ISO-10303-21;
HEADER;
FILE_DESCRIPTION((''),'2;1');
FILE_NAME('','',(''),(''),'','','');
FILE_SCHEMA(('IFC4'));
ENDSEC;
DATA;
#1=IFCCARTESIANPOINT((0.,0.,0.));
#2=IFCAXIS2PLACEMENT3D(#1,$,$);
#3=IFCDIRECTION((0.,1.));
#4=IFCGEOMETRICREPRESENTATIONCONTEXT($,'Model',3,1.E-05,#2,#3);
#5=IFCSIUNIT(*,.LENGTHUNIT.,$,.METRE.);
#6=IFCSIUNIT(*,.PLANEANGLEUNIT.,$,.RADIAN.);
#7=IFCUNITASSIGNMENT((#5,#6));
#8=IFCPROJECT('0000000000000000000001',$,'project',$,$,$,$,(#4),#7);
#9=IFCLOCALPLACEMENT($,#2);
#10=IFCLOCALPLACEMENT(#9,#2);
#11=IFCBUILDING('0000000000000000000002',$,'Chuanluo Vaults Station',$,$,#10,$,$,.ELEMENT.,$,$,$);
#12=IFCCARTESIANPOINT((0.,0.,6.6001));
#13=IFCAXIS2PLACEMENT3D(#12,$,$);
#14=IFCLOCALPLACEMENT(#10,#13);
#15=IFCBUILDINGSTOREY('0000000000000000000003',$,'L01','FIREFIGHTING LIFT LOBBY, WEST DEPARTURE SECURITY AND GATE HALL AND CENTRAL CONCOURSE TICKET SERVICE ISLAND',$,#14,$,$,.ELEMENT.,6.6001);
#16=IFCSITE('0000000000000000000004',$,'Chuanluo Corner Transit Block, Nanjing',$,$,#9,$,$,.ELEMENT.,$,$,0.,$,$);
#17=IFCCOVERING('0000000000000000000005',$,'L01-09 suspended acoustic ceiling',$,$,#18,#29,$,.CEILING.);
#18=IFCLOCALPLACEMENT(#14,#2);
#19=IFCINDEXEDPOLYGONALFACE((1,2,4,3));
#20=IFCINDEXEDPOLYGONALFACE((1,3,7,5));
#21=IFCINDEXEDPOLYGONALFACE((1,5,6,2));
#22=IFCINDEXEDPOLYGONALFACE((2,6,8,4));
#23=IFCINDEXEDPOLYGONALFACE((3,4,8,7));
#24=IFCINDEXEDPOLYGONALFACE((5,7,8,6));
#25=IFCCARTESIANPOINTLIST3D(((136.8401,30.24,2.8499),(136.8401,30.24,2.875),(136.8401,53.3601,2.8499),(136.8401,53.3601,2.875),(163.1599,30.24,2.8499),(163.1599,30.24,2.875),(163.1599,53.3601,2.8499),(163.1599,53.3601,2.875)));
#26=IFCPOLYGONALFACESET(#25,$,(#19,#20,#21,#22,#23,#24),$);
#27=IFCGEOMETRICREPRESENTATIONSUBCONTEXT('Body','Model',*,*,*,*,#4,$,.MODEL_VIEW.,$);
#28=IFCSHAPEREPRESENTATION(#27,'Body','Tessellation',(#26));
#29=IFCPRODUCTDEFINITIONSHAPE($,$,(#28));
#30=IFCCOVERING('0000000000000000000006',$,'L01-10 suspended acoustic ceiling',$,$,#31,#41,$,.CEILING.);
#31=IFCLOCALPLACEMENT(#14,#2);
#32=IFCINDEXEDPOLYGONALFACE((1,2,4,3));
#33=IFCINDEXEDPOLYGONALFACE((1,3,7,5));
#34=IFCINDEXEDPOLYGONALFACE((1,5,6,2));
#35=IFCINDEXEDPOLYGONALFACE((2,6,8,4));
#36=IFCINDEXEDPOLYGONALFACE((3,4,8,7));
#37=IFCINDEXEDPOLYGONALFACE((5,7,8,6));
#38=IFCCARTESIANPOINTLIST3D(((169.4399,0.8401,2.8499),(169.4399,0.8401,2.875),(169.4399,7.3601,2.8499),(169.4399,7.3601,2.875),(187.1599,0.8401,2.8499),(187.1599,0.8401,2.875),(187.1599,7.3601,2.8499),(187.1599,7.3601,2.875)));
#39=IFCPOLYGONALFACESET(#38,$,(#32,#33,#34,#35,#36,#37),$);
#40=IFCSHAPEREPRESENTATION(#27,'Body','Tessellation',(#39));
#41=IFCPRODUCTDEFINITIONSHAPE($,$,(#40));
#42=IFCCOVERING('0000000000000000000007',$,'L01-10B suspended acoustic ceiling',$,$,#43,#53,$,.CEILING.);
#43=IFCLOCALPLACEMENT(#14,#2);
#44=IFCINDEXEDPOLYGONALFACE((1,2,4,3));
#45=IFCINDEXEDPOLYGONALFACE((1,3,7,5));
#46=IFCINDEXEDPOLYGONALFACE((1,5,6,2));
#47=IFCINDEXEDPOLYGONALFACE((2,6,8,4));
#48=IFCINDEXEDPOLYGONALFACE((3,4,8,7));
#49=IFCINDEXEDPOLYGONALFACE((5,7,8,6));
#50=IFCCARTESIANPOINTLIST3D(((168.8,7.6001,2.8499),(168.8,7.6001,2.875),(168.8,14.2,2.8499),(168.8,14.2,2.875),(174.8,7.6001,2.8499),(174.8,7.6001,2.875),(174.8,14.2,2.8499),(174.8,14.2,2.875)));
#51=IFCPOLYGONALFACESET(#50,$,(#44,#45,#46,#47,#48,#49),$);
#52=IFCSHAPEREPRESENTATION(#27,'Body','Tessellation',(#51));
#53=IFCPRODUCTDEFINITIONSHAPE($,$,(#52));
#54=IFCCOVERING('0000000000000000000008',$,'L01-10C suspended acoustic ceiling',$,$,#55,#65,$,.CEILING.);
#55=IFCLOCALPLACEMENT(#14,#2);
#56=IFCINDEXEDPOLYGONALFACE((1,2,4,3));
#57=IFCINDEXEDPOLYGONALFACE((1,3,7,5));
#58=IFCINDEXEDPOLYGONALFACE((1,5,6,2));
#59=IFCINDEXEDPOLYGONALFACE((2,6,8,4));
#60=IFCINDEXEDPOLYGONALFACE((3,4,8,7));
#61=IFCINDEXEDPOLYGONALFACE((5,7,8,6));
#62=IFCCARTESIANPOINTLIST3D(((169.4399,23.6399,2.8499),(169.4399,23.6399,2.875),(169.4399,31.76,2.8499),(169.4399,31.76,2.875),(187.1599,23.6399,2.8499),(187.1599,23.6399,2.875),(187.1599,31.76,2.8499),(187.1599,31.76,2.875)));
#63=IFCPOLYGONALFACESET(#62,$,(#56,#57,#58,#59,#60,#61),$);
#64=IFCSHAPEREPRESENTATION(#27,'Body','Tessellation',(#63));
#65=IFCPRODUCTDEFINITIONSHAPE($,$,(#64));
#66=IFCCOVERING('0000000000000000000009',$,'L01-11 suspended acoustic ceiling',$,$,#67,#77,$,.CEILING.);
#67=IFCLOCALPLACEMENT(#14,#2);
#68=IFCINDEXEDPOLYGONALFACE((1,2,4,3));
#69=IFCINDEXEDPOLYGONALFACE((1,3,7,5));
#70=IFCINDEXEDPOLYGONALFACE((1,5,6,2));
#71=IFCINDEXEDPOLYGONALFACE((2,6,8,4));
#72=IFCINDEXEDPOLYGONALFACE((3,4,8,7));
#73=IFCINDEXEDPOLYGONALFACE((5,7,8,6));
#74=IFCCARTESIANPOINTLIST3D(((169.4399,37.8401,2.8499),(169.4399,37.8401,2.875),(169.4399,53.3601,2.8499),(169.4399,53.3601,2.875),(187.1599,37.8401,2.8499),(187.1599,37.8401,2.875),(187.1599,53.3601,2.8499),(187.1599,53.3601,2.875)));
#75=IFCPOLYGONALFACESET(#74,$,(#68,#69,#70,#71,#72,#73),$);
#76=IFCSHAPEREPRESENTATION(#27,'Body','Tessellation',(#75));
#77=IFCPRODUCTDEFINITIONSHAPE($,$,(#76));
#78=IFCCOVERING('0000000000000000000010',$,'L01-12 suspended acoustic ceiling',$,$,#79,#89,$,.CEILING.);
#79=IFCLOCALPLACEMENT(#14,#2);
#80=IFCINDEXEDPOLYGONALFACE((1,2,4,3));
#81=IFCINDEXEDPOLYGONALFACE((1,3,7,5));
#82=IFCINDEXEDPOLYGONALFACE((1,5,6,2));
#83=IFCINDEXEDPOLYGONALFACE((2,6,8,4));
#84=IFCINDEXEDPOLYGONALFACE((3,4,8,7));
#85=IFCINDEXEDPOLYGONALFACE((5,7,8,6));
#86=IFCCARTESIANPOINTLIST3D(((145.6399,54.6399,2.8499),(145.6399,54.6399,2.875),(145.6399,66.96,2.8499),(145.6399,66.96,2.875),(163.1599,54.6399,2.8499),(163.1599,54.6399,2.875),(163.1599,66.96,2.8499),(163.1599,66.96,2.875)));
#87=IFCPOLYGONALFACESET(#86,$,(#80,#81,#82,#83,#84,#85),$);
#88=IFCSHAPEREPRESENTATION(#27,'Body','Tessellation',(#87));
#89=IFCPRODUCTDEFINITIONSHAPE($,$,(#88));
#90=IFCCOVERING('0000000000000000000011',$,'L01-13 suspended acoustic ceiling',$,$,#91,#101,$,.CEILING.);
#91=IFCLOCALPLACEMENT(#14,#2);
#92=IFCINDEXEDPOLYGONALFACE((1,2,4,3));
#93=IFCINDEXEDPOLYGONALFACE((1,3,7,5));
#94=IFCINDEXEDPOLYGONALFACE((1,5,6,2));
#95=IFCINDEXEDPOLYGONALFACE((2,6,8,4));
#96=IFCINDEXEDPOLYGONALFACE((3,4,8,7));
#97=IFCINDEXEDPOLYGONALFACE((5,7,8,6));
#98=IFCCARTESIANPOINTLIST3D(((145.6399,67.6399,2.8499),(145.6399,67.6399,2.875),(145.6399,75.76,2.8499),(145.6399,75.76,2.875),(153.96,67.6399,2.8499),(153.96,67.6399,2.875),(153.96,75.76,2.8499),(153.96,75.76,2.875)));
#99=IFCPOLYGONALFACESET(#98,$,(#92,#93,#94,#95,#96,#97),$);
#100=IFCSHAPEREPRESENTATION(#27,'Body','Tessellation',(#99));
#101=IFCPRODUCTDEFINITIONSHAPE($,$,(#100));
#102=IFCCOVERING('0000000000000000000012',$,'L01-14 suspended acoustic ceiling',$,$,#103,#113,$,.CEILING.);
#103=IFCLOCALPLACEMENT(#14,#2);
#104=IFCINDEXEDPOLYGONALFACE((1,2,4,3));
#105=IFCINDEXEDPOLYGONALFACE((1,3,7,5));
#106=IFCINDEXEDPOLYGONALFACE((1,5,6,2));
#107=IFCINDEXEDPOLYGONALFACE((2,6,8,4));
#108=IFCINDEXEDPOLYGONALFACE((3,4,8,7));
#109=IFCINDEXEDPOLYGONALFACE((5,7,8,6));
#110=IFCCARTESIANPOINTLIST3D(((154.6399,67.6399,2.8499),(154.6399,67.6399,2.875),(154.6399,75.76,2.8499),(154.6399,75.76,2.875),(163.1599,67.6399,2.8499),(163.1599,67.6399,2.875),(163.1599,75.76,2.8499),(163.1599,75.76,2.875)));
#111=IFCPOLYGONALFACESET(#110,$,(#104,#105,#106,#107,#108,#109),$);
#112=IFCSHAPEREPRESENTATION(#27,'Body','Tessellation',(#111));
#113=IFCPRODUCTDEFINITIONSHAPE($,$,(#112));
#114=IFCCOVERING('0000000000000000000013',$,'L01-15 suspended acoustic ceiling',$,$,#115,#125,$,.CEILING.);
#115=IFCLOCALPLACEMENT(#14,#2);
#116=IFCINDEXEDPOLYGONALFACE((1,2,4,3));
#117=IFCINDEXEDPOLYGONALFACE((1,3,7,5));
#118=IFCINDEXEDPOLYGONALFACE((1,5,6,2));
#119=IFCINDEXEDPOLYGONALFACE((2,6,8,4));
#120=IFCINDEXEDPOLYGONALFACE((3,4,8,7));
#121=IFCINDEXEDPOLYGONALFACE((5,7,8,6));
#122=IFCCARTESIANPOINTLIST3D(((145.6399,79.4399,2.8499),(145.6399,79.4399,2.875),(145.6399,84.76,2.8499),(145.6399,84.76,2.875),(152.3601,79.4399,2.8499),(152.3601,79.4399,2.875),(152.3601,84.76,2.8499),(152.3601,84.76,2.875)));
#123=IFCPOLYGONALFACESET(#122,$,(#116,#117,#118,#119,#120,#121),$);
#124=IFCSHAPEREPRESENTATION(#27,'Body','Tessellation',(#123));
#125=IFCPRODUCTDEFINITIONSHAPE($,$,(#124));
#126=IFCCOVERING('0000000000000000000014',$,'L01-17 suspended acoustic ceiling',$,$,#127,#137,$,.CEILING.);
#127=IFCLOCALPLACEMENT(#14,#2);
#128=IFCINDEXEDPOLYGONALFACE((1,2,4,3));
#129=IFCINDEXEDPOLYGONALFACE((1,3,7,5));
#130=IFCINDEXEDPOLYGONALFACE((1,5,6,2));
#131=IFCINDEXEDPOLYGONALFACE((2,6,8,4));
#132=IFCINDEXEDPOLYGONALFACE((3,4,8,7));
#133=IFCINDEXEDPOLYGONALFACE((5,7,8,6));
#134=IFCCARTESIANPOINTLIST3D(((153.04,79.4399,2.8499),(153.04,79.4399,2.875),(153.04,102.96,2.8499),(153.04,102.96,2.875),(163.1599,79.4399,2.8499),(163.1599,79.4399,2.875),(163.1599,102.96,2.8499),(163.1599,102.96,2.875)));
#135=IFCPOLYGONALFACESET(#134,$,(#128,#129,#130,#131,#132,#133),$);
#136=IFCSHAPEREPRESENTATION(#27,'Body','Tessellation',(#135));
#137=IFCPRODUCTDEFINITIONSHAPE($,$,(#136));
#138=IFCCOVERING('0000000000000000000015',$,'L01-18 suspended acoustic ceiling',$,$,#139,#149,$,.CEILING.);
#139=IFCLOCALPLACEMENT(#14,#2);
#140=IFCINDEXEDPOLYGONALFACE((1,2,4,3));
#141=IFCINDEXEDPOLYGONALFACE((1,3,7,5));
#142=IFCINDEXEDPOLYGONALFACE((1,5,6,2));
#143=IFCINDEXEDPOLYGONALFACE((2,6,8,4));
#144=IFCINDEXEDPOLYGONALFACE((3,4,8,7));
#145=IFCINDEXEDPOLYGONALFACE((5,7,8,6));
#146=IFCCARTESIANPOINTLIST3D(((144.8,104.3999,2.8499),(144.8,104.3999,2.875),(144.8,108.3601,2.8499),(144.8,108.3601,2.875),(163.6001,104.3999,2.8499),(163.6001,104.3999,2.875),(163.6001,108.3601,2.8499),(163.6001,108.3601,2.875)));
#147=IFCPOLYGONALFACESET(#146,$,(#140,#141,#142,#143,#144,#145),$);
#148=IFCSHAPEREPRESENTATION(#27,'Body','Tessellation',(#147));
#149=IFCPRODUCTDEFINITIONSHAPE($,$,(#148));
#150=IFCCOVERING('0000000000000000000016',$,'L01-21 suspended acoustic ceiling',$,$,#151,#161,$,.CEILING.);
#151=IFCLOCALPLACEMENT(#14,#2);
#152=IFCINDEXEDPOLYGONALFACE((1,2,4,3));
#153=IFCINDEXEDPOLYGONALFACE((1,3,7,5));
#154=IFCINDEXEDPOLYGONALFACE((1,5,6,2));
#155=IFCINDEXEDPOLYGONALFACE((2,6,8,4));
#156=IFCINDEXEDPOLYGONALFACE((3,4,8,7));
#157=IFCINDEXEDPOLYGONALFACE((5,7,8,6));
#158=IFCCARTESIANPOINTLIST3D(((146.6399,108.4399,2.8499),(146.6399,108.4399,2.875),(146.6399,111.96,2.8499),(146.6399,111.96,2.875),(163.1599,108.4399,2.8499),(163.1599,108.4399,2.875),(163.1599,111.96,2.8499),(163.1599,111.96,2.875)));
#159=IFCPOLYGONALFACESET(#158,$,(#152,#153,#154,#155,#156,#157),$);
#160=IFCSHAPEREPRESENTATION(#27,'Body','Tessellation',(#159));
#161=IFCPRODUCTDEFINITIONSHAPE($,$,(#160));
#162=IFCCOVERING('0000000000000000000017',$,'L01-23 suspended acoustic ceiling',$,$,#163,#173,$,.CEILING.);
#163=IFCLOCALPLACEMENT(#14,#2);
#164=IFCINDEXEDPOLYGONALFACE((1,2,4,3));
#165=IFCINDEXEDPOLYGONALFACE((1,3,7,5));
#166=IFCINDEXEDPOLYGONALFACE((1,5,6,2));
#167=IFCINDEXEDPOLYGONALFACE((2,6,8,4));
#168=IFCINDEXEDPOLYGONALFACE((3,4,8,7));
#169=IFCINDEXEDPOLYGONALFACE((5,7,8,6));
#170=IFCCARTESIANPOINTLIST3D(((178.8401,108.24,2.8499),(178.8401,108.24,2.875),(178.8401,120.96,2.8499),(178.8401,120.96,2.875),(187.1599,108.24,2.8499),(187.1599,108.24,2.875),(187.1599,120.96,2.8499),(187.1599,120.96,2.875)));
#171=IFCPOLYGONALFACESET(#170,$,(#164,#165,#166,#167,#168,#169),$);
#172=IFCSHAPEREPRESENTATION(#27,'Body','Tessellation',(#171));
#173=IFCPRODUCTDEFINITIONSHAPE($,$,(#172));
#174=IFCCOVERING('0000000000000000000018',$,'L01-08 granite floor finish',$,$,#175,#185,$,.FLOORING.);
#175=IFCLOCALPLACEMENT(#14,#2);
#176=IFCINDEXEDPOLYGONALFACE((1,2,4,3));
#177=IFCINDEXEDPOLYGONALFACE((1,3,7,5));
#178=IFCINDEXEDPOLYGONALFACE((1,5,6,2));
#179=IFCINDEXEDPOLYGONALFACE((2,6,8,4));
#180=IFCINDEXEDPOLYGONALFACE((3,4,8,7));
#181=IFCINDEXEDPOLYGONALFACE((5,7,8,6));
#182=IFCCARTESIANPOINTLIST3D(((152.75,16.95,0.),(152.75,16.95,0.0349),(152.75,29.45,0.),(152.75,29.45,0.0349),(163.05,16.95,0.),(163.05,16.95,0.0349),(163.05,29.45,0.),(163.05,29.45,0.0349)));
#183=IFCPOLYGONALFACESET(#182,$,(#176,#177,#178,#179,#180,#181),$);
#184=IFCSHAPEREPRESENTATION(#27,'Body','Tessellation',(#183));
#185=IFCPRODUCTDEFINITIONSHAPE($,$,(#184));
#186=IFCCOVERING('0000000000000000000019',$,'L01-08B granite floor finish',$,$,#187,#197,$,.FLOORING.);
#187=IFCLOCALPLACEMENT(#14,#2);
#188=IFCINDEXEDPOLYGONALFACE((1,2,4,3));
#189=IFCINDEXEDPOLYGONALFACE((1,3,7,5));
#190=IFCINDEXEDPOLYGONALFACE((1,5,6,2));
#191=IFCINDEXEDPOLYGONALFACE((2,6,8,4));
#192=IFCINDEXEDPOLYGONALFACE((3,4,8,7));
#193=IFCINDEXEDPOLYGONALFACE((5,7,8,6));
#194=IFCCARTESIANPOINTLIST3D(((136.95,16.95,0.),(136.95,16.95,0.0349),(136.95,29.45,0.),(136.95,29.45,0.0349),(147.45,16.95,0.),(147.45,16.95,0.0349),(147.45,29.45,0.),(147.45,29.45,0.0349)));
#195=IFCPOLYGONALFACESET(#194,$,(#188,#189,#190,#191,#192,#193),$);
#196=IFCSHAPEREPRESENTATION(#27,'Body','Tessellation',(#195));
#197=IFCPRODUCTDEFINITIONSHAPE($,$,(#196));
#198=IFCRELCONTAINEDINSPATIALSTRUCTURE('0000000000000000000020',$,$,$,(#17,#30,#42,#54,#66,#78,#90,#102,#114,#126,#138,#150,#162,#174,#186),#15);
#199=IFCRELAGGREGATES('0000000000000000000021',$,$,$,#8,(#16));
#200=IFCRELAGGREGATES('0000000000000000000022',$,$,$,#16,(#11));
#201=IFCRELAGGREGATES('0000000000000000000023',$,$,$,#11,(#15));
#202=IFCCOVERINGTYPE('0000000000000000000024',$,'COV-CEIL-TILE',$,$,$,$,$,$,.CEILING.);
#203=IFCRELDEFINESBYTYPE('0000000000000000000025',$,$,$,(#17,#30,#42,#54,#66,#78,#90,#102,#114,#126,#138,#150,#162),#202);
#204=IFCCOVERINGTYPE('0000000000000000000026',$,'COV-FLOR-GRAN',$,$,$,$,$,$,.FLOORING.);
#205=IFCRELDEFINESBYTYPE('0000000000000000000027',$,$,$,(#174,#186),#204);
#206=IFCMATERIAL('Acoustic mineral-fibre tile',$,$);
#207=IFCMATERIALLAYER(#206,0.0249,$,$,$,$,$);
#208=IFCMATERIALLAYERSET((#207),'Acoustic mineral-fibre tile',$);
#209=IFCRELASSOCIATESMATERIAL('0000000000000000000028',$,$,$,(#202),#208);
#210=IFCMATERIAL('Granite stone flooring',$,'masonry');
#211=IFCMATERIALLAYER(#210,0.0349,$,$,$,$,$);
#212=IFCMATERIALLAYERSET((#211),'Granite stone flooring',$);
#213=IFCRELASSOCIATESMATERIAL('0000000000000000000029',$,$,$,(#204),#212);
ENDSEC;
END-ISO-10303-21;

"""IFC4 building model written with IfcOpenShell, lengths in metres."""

from ifc_helpers import new_model, si_unit, direction, frame, origin, place, context, subcontext, project, spatial, polyline, outline, extrude, material, layer, layer_set, type_object, element, save


model = new_model("IFC4")

# Units and contexts
model_context = context("Model", 3, precision=1e-05, world=origin(), true_north=direction((0.0, 1.0)))
body_context = subcontext(model_context, "Body", "Model", "MODEL_VIEW")
ifc_project = project(units=[si_unit("LENGTHUNIT", "METRE"), si_unit("PLANEANGLEUNIT", "RADIAN")], contexts=[model_context])

# Site, building, storey
site_placement = place(None, origin())
site = spatial("IfcSite", under=ifc_project, at=site_placement, Name="Chuanluo Corner Transit Block, Nanjing", CompositionType="ELEMENT", RefElevation=0.0)
building_placement = place(site_placement, origin())
building = spatial("IfcBuilding", under=site, at=building_placement, Name="Chuanluo Vaults Station", CompositionType="ELEMENT")
storey_placement = place(building_placement, frame((0.0, 0.0, 6.6001)))
storey = spatial("IfcBuildingStorey", under=building, at=storey_placement, Name="L01", Description="FIREFIGHTING LIFT LOBBY, WEST DEPARTURE SECURITY AND GATE HALL AND CENTRAL CONCOURSE TICKET SERVICE ISLAND", CompositionType="ELEMENT", Elevation=6.6001)

# Coverings
ifc_material_1 = material(Name="Acoustic mineral-fibre tile")
ifc_layer_1 = layer(ifc_material_1, 0.0249)
ifc_layer_set_1 = layer_set([ifc_layer_1], Name="Acoustic mineral-fibre tile")
covering_type_1 = type_object("IfcCoveringType", Name="COV-CEIL-TILE", PredefinedType="CEILING", material=ifc_layer_set_1)
covering_1_placement = place(storey_placement, frame((0.0, 0.0, 2.8499)))
element("IfcCovering", 1, at=covering_1_placement, inside=storey, type_object=covering_type_1, Name="L01-09 suspended acoustic ceiling", PredefinedType="CEILING", context=body_context, shape_type="SweptSolid", body=[
    extrude(outline(polyline([(136.8401, 30.24), (163.1599, 30.24), (163.1599, 53.3601), (136.8401, 53.3601), (136.8401, 30.24)])), origin(), (0.0, 0.0, 1.0), 0.0251),
])
covering_2_placement = place(storey_placement, frame((0.0, 0.0, 2.8499)))
element("IfcCovering", 2, at=covering_2_placement, inside=storey, type_object=covering_type_1, Name="L01-10 suspended acoustic ceiling", PredefinedType="CEILING", context=body_context, shape_type="SweptSolid", body=[
    extrude(outline(polyline([(169.4399, 0.8401), (187.1599, 0.8401), (187.1599, 7.3601), (169.4399, 7.3601), (169.4399, 0.8401)])), origin(), (0.0, 0.0, 1.0), 0.0251),
])
covering_3_placement = place(storey_placement, frame((0.0, 0.0, 2.8499)))
element("IfcCovering", 3, at=covering_3_placement, inside=storey, type_object=covering_type_1, Name="L01-10B suspended acoustic ceiling", PredefinedType="CEILING", context=body_context, shape_type="SweptSolid", body=[
    extrude(outline(polyline([(168.8, 7.6001), (174.8, 7.6001), (174.8, 14.2), (168.8, 14.2), (168.8, 7.6001)])), origin(), (0.0, 0.0, 1.0), 0.0251),
])
covering_4_placement = place(storey_placement, frame((0.0, 0.0, 2.8499)))
element("IfcCovering", 4, at=covering_4_placement, inside=storey, type_object=covering_type_1, Name="L01-10C suspended acoustic ceiling", PredefinedType="CEILING", context=body_context, shape_type="SweptSolid", body=[
    extrude(outline(polyline([(169.4399, 23.6399), (187.1599, 23.6399), (187.1599, 31.76), (169.4399, 31.76), (169.4399, 23.6399)])), origin(), (0.0, 0.0, 1.0), 0.0251),
])
covering_5_placement = place(storey_placement, frame((0.0, 0.0, 2.8499)))
element("IfcCovering", 5, at=covering_5_placement, inside=storey, type_object=covering_type_1, Name="L01-11 suspended acoustic ceiling", PredefinedType="CEILING", context=body_context, shape_type="SweptSolid", body=[
    extrude(outline(polyline([(169.4399, 37.8401), (187.1599, 37.8401), (187.1599, 53.3601), (169.4399, 53.3601), (169.4399, 37.8401)])), origin(), (0.0, 0.0, 1.0), 0.0251),
])
covering_6_placement = place(storey_placement, frame((0.0, 0.0, 2.8499)))
element("IfcCovering", 6, at=covering_6_placement, inside=storey, type_object=covering_type_1, Name="L01-12 suspended acoustic ceiling", PredefinedType="CEILING", context=body_context, shape_type="SweptSolid", body=[
    extrude(outline(polyline([(145.6399, 54.6399), (163.1599, 54.6399), (163.1599, 66.96), (145.6399, 66.96), (145.6399, 54.6399)])), origin(), (0.0, 0.0, 1.0), 0.0251),
])
covering_7_placement = place(storey_placement, frame((0.0, 0.0, 2.8499)))
element("IfcCovering", 7, at=covering_7_placement, inside=storey, type_object=covering_type_1, Name="L01-13 suspended acoustic ceiling", PredefinedType="CEILING", context=body_context, shape_type="SweptSolid", body=[
    extrude(outline(polyline([(145.6399, 67.6399), (153.96, 67.6399), (153.96, 75.76), (145.6399, 75.76), (145.6399, 67.6399)])), origin(), (0.0, 0.0, 1.0), 0.0251),
])
covering_8_placement = place(storey_placement, frame((0.0, 0.0, 2.8499)))
element("IfcCovering", 8, at=covering_8_placement, inside=storey, type_object=covering_type_1, Name="L01-14 suspended acoustic ceiling", PredefinedType="CEILING", context=body_context, shape_type="SweptSolid", body=[
    extrude(outline(polyline([(154.6399, 67.6399), (163.1599, 67.6399), (163.1599, 75.76), (154.6399, 75.76), (154.6399, 67.6399)])), origin(), (0.0, 0.0, 1.0), 0.0251),
])
covering_9_placement = place(storey_placement, frame((0.0, 0.0, 2.8499)))
element("IfcCovering", 9, at=covering_9_placement, inside=storey, type_object=covering_type_1, Name="L01-15 suspended acoustic ceiling", PredefinedType="CEILING", context=body_context, shape_type="SweptSolid", body=[
    extrude(outline(polyline([(145.6399, 79.4399), (152.3601, 79.4399), (152.3601, 84.76), (145.6399, 84.76), (145.6399, 79.4399)])), origin(), (0.0, 0.0, 1.0), 0.0251),
])
covering_10_placement = place(storey_placement, frame((0.0, 0.0, 2.8499)))
element("IfcCovering", 10, at=covering_10_placement, inside=storey, type_object=covering_type_1, Name="L01-17 suspended acoustic ceiling", PredefinedType="CEILING", context=body_context, shape_type="SweptSolid", body=[
    extrude(outline(polyline([(153.04, 79.4399), (163.1599, 79.4399), (163.1599, 102.96), (153.04, 102.96), (153.04, 79.4399)])), origin(), (0.0, 0.0, 1.0), 0.0251),
])
covering_11_placement = place(storey_placement, frame((0.0, 0.0, 2.8499)))
element("IfcCovering", 11, at=covering_11_placement, inside=storey, type_object=covering_type_1, Name="L01-18 suspended acoustic ceiling", PredefinedType="CEILING", context=body_context, shape_type="SweptSolid", body=[
    extrude(outline(polyline([(144.8, 104.3999), (163.6001, 104.3999), (163.6001, 108.3601), (144.8, 108.3601), (144.8, 104.3999)])), origin(), (0.0, 0.0, 1.0), 0.0251),
])
covering_12_placement = place(storey_placement, frame((0.0, 0.0, 2.8499)))
element("IfcCovering", 12, at=covering_12_placement, inside=storey, type_object=covering_type_1, Name="L01-21 suspended acoustic ceiling", PredefinedType="CEILING", context=body_context, shape_type="SweptSolid", body=[
    extrude(outline(polyline([(146.6399, 108.4399), (163.1599, 108.4399), (163.1599, 111.96), (146.6399, 111.96), (146.6399, 108.4399)])), origin(), (0.0, 0.0, 1.0), 0.0251),
])
covering_13_placement = place(storey_placement, frame((0.0, 0.0, 2.8499)))
element("IfcCovering", 13, at=covering_13_placement, inside=storey, type_object=covering_type_1, Name="L01-23 suspended acoustic ceiling", PredefinedType="CEILING", context=body_context, shape_type="SweptSolid", body=[
    extrude(outline(polyline([(178.8401, 108.24), (187.1599, 108.24), (187.1599, 120.96), (178.8401, 120.96), (178.8401, 108.24)])), origin(), (0.0, 0.0, 1.0), 0.0251),
])
ifc_material_2 = material(Name="Granite stone flooring", Category="masonry")
ifc_layer_2 = layer(ifc_material_2, 0.0349)
ifc_layer_set_2 = layer_set([ifc_layer_2], Name="Granite stone flooring")
covering_type_2 = type_object("IfcCoveringType", Name="COV-FLOR-GRAN", PredefinedType="FLOORING", material=ifc_layer_set_2)
covering_14_placement = place(storey_placement, origin())
element("IfcCovering", 14, at=covering_14_placement, inside=storey, type_object=covering_type_2, Name="L01-08 granite floor finish", PredefinedType="FLOORING", context=body_context, shape_type="SweptSolid", body=[
    extrude(outline(polyline([(152.75, 16.95), (163.05, 16.95), (163.05, 29.45), (152.75, 29.45), (152.75, 16.95)])), origin(), (0.0, 0.0, 1.0), 0.0349),
])
covering_15_placement = place(storey_placement, origin())
element("IfcCovering", 15, at=covering_15_placement, inside=storey, type_object=covering_type_2, Name="L01-08B granite floor finish", PredefinedType="FLOORING", context=body_context, shape_type="SweptSolid", body=[
    extrude(outline(polyline([(136.95, 16.95), (147.45, 16.95), (147.45, 29.45), (136.95, 29.45), (136.95, 16.95)])), origin(), (0.0, 0.0, 1.0), 0.0349),
])

save(model, "model.ifc")
